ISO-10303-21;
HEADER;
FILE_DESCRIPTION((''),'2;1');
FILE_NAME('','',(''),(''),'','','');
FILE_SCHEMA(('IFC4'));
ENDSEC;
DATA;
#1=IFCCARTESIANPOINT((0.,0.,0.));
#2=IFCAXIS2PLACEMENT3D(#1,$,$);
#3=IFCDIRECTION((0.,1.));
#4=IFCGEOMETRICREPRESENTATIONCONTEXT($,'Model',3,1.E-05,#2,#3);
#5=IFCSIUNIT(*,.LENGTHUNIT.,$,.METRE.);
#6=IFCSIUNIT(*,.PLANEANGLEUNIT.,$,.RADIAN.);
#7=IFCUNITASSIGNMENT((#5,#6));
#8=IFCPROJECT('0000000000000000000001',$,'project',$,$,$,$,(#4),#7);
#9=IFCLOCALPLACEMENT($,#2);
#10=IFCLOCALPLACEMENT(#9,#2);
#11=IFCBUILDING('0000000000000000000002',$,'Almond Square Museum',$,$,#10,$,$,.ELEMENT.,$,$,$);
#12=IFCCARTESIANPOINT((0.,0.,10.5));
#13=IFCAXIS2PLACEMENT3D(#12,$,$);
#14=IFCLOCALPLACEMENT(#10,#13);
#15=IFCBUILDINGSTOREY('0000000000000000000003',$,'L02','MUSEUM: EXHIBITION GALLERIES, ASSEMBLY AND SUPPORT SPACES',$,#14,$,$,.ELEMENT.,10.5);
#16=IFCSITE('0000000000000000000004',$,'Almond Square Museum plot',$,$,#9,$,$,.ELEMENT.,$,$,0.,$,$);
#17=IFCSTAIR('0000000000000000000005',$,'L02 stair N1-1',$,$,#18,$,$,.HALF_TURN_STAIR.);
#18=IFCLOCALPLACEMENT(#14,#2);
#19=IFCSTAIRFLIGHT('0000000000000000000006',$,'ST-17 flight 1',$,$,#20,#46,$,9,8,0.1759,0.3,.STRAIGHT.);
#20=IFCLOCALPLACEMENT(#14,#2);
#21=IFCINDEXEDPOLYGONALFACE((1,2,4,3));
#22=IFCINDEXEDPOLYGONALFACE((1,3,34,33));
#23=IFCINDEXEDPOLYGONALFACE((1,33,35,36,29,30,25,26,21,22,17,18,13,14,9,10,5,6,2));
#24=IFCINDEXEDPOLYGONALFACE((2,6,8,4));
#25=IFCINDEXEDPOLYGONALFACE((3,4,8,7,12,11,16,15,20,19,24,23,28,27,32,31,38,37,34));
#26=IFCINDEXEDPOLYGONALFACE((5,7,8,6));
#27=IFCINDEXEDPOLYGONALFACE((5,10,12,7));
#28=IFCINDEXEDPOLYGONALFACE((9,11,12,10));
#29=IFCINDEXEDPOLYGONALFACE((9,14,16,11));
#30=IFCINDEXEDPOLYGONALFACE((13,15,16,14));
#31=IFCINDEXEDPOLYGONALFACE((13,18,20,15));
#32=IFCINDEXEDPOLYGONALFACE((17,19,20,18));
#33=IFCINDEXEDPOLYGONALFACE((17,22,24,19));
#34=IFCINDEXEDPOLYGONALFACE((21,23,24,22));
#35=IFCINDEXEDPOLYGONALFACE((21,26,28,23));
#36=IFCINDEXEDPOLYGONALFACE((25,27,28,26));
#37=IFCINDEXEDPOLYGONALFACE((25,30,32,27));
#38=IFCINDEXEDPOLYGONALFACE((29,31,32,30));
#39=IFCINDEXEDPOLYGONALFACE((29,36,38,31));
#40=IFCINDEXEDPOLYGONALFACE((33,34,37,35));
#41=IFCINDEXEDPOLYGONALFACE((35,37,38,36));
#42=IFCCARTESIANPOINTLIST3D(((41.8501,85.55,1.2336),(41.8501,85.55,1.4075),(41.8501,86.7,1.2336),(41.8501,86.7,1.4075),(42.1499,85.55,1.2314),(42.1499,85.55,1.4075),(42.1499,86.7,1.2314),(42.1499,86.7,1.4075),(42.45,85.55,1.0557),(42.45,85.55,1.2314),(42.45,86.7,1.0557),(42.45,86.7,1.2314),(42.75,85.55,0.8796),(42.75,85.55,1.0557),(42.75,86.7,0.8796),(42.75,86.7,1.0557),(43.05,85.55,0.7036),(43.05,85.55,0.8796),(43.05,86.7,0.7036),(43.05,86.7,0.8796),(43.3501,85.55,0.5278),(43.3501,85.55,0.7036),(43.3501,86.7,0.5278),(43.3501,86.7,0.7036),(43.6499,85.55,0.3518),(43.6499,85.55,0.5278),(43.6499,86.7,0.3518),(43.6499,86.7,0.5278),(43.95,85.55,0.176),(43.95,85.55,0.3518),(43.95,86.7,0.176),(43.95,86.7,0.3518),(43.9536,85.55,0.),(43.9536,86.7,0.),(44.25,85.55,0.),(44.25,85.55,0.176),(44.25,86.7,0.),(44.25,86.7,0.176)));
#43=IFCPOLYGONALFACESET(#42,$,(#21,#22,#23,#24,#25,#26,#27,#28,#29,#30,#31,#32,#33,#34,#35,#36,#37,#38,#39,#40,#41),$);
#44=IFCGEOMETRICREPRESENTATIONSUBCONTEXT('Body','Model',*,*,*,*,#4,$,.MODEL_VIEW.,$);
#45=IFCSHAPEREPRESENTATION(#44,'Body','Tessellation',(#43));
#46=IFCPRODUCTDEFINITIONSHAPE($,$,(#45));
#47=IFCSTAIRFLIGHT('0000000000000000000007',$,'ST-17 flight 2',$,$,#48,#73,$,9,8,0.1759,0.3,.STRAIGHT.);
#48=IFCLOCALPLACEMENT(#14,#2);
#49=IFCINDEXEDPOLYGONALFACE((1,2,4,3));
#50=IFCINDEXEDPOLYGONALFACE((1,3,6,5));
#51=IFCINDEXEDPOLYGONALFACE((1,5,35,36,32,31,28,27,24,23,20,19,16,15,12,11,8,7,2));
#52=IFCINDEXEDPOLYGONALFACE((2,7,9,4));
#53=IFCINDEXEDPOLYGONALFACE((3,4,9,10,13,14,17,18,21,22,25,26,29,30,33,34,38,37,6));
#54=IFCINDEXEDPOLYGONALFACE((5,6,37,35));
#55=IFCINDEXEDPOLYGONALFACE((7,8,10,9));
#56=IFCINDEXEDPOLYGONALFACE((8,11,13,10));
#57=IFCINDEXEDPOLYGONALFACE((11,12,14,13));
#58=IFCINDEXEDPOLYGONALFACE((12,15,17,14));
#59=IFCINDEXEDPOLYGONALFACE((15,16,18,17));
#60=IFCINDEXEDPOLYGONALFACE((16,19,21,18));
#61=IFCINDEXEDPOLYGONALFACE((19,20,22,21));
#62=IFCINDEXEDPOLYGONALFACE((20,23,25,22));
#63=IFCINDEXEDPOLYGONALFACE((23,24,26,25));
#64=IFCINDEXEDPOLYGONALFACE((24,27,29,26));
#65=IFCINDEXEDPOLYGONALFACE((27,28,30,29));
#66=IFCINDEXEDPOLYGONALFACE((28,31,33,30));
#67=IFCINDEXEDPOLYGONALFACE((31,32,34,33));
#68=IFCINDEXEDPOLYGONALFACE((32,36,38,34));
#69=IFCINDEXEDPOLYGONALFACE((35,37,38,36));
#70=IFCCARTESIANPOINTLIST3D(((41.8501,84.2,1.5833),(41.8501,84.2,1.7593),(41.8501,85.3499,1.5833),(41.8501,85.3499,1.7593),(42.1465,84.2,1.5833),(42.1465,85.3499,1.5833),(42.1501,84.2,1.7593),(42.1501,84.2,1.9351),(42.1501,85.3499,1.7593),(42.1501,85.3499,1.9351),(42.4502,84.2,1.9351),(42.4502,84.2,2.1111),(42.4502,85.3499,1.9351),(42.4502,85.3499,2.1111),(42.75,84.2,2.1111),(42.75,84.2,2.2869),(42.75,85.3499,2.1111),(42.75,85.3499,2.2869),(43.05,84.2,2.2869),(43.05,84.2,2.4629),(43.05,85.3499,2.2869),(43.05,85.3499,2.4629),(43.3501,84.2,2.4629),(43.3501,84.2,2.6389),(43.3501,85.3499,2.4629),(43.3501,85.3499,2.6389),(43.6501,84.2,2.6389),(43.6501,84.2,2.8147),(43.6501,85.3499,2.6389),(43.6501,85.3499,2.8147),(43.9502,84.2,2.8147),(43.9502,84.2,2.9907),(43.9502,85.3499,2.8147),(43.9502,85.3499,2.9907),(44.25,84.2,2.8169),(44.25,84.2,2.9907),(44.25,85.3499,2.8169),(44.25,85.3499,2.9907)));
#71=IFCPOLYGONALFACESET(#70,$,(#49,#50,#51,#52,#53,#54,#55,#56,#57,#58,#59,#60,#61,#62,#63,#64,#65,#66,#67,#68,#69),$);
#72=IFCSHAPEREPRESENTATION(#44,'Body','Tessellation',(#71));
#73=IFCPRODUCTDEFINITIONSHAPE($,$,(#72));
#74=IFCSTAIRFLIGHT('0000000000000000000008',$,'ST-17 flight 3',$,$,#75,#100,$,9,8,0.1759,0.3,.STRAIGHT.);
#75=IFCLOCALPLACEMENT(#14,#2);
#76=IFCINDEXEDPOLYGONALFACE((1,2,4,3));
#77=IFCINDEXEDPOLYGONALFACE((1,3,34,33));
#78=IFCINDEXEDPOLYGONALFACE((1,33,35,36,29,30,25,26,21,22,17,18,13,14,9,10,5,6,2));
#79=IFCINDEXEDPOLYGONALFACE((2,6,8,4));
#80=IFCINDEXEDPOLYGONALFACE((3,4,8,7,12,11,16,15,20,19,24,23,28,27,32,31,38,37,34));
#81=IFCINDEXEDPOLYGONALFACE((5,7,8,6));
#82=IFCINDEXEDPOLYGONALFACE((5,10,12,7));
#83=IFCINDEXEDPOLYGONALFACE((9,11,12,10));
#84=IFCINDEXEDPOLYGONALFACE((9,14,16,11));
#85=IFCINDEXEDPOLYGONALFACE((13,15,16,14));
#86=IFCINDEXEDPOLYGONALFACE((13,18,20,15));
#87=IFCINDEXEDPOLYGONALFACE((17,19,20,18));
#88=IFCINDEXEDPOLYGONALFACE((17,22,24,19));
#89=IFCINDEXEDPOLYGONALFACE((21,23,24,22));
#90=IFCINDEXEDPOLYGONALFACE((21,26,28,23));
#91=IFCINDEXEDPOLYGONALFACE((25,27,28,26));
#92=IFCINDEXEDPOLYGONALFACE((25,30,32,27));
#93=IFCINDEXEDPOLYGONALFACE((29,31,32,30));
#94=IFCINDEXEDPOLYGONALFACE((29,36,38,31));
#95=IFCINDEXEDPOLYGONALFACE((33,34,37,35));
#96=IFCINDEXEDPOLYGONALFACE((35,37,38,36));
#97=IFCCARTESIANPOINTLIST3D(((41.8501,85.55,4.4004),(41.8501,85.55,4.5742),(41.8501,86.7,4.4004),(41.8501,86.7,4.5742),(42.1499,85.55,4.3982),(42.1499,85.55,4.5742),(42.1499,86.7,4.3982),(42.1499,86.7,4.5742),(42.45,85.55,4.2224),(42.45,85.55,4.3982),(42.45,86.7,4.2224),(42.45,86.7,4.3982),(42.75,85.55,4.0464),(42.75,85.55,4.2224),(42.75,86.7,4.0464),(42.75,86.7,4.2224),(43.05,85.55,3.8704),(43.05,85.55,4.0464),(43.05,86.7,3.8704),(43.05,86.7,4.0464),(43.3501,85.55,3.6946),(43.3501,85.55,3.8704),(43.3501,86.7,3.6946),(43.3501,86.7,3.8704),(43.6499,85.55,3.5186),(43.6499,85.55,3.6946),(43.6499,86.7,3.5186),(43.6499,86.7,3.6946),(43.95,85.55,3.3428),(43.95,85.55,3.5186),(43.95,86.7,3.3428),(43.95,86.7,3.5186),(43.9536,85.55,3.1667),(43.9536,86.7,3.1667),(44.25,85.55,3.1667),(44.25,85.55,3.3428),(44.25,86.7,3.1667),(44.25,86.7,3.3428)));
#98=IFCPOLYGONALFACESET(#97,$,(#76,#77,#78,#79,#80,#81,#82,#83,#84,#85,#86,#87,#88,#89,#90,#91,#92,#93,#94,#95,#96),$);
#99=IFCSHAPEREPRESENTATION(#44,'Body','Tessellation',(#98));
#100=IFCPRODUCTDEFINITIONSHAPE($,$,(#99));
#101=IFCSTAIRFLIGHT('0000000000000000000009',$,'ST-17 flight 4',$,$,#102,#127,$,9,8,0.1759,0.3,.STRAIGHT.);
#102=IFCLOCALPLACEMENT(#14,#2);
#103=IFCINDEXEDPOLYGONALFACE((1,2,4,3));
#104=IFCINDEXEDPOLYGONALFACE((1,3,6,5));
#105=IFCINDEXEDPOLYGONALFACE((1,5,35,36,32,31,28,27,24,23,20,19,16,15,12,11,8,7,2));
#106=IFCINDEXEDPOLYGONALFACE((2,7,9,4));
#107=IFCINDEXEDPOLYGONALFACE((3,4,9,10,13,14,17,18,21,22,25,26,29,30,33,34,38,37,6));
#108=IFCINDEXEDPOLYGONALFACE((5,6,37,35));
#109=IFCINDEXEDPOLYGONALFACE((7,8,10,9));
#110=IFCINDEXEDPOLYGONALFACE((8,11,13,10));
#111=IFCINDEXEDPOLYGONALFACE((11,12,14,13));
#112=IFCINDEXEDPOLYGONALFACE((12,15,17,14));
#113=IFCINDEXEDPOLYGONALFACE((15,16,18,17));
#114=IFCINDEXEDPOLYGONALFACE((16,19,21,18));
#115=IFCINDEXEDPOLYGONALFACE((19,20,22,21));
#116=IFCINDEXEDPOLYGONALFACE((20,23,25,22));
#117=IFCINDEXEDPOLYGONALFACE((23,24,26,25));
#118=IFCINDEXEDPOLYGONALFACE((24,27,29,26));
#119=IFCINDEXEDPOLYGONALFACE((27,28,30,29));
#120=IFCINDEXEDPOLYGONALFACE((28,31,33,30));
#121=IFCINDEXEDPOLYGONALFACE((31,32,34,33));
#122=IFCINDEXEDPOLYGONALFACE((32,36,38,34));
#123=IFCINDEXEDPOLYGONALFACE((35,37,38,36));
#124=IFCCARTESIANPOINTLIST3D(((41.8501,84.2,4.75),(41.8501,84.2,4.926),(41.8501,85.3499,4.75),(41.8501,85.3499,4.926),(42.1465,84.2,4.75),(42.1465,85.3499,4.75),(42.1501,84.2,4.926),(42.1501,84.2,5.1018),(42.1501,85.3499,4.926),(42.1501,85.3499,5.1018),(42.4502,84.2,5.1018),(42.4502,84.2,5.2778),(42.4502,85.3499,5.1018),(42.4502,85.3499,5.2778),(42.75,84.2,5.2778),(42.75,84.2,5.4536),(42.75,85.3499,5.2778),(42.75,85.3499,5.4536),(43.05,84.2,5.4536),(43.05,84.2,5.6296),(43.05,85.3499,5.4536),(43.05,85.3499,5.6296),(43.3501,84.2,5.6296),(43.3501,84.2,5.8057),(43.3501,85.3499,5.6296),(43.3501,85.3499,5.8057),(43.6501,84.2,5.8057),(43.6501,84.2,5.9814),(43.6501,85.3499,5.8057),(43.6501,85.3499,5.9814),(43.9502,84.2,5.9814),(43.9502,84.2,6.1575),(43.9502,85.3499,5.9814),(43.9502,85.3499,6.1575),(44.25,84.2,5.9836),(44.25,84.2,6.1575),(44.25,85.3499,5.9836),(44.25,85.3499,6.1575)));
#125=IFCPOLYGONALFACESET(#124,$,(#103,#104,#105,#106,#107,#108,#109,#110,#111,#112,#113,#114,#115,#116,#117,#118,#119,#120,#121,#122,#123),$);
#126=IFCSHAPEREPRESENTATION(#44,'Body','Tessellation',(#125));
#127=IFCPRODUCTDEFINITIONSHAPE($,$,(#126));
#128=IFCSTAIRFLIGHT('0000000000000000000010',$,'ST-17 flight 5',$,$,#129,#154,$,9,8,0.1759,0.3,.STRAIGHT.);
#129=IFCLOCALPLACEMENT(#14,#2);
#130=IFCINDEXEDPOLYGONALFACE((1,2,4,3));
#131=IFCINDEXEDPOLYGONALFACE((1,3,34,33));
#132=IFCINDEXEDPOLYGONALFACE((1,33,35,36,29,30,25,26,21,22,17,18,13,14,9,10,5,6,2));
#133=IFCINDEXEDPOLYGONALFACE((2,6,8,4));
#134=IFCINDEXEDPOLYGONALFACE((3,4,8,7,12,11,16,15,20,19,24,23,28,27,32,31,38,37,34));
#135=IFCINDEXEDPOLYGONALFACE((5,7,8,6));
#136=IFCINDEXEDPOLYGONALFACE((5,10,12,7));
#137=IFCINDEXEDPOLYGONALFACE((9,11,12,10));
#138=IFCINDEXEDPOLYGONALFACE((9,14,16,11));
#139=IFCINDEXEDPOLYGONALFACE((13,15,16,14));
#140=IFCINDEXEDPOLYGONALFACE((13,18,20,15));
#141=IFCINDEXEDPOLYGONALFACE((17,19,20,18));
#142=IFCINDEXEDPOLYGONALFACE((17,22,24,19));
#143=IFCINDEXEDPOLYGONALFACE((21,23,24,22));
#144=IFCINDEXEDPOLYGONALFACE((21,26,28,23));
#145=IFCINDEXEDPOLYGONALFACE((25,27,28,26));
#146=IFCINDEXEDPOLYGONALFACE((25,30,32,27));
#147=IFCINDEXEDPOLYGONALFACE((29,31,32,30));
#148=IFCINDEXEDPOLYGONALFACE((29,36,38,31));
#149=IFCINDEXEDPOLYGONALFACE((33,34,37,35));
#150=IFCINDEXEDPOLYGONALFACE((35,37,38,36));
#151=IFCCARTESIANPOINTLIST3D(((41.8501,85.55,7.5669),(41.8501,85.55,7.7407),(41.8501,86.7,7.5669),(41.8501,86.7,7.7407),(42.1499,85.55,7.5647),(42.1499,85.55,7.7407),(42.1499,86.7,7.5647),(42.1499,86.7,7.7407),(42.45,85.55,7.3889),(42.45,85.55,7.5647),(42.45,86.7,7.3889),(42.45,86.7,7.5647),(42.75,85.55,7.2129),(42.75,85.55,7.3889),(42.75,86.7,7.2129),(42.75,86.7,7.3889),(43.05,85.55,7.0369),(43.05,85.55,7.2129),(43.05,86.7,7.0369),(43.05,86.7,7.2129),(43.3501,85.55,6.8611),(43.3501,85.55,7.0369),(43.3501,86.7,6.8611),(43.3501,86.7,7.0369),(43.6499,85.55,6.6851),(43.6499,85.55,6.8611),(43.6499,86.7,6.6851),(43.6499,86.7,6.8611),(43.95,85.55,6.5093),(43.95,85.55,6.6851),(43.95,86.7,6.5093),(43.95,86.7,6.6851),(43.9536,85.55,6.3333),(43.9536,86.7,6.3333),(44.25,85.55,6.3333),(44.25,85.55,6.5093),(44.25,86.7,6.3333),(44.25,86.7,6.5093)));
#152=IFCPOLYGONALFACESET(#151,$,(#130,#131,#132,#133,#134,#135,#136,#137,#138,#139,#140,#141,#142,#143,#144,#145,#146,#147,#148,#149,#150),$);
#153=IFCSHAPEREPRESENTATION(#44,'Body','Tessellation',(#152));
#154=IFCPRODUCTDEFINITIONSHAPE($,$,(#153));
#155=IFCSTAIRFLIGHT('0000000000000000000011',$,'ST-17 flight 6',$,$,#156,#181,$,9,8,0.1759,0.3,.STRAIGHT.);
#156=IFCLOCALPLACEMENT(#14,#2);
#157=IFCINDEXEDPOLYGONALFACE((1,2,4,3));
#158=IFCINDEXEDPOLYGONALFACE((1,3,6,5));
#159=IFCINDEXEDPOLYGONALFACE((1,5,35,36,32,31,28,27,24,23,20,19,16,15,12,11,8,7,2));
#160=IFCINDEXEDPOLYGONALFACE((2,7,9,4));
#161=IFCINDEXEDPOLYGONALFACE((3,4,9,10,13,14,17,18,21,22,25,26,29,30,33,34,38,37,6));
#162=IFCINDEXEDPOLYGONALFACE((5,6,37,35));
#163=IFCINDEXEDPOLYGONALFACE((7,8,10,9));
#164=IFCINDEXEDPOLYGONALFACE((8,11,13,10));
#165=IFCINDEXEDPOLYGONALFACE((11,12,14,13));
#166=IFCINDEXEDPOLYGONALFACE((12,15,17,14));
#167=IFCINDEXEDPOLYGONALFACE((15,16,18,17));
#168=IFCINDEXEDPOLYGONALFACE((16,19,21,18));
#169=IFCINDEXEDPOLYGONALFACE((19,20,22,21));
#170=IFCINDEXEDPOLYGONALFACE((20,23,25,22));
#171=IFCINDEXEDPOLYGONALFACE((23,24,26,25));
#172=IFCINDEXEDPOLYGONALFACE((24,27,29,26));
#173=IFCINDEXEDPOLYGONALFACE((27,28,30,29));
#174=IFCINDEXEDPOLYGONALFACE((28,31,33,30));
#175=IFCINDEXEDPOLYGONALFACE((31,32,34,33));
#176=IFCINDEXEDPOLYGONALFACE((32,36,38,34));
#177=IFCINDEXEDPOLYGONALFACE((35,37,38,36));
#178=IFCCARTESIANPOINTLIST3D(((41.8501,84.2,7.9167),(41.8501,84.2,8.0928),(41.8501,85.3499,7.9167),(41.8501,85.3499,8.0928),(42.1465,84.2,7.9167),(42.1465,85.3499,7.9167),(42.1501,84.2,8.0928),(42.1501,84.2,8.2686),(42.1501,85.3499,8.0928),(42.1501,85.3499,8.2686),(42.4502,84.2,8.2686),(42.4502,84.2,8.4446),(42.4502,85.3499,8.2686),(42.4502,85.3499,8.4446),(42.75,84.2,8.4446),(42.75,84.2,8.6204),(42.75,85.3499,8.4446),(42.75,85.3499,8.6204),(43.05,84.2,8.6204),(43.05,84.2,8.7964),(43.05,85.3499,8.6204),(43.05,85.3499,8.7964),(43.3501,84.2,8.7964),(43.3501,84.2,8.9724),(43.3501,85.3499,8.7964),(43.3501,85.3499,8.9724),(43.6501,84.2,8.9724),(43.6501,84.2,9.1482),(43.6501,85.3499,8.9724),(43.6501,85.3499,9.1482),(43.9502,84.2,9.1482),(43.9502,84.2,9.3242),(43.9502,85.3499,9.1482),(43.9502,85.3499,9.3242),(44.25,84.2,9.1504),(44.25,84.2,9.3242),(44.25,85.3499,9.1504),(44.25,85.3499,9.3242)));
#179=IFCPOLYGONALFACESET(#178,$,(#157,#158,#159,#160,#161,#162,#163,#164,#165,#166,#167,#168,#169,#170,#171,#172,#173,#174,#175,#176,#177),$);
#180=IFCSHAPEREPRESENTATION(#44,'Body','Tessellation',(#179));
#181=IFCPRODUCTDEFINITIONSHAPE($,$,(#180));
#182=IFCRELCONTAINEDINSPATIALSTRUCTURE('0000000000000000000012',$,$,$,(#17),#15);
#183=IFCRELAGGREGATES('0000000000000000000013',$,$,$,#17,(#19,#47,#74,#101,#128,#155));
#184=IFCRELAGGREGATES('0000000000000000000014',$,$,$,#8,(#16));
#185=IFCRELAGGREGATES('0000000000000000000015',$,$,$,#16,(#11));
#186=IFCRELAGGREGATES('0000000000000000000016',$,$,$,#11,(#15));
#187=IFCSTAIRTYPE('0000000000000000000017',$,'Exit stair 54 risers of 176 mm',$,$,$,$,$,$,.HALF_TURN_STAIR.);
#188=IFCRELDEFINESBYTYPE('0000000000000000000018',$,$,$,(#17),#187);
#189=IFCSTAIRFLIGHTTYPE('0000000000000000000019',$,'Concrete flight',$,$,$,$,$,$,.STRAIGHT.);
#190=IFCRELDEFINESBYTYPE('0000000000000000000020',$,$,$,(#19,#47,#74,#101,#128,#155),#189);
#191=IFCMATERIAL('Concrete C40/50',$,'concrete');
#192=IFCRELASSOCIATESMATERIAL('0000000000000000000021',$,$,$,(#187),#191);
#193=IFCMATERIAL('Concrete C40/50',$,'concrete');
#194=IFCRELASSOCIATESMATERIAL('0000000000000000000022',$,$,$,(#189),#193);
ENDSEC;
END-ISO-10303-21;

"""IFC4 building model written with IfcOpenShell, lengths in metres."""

from ifc_helpers import new_model, si_unit, direction, frame, origin, place, context, subcontext, project, spatial, polyline, outline, extrude, material, type_object, element, aggregate, save


model = new_model("IFC4")

# Units and contexts
model_context = context("Model", 3, precision=1e-05, world=origin(), true_north=direction((0.0, 1.0)))
body_context = subcontext(model_context, "Body", "Model", "MODEL_VIEW")
ifc_project = project(units=[si_unit("LENGTHUNIT", "METRE"), si_unit("PLANEANGLEUNIT", "RADIAN")], contexts=[model_context])

# Site, building, storey
site_placement = place(None, origin())
site = spatial("IfcSite", under=ifc_project, at=site_placement, Name="Almond Square Museum plot", CompositionType="ELEMENT", RefElevation=0.0)
building_placement = place(site_placement, origin())
building = spatial("IfcBuilding", under=site, at=building_placement, Name="Almond Square Museum", CompositionType="ELEMENT")
storey_placement = place(building_placement, frame((0.0, 0.0, 10.5)))
storey = spatial("IfcBuildingStorey", under=building, at=storey_placement, Name="L02", Description="MUSEUM: EXHIBITION GALLERIES, ASSEMBLY AND SUPPORT SPACES", CompositionType="ELEMENT", Elevation=10.5)

# Stair, stair flights
ifc_material_1 = material(Name="Concrete C40/50", Category="concrete")
stair_type = type_object("IfcStairType", Name="Exit stair 54 risers of 176 mm", PredefinedType="HALF_TURN_STAIR", material=ifc_material_1)
stair_placement = place(storey_placement, origin())
stair = element("IfcStair", 1, at=stair_placement, inside=storey, type_object=stair_type, Name="L02 stair N1-1", PredefinedType="HALF_TURN_STAIR")
ifc_material_2 = material(Name="Concrete C40/50", Category="concrete")
stair_flight_type = type_object("IfcStairFlightType", Name="Concrete flight", PredefinedType="STRAIGHT", material=ifc_material_2)
stair_flight_1_placement = place(storey_placement, frame((44.25, 86.125, 0.0), z_axis=(0.0, 0.0, 1.0), x_axis=(-1.0, 0.0, 0.0)))
stair_flight_1 = element("IfcStairFlight", 2, at=stair_flight_1_placement, type_object=stair_flight_type, Name="ST-17 flight 1", NumberOfRisers=9, NumberOfTreads=8, PredefinedType="STRAIGHT", RiserHeight=0.1759, TreadLength=0.3, context=body_context, shape_type="SweptSolid", body=[
    extrude(outline(polyline([(0.0, 0.0), (0.0, 0.176), (0.3, 0.176), (0.3, 0.3518), (0.6001, 0.3518), (0.6001, 0.5278), (0.8999, 0.5278), (0.8999, 0.7036), (1.2, 0.7036), (1.2, 0.8796), (1.5, 0.8796), (1.5, 1.0557), (1.8, 1.0557), (1.8, 1.2314), (2.1001, 1.2314), (2.1001, 1.4075), (2.3999, 1.4075), (2.3999, 1.5833), (2.3999, 1.2336), (0.2964, 0.0), (0.0, 0.0)])), frame((0.0, 0.575, 0.0), z_axis=(0.0, -1.0, 0.0), x_axis=(1.0, 0.0, 0.0)), (0.0, 0.0, 1.0), 1.1499),
])
stair_flight_2_placement = place(storey_placement, frame((41.8501, 84.7749, 1.5833), z_axis=(0.0, 0.0, 1.0), x_axis=(1.0, 0.0, 0.0)))
stair_flight_2 = element("IfcStairFlight", 3, at=stair_flight_2_placement, type_object=stair_flight_type, Name="ST-17 flight 2", NumberOfRisers=9, NumberOfTreads=8, PredefinedType="STRAIGHT", RiserHeight=0.1759, TreadLength=0.3, context=body_context, shape_type="SweptSolid", body=[
    extrude(outline(polyline([(0.0, 0.0), (0.0, 0.176), (0.3, 0.176), (0.3, 0.3518), (0.6001, 0.3518), (0.6001, 0.5278), (0.8999, 0.5278), (0.8999, 0.7036), (1.2, 0.7036), (1.2, 0.8796), (1.5, 0.8796), (1.5, 1.0557), (1.8, 1.0557), (1.8, 1.2314), (2.1001, 1.2314), (2.1001, 1.4075), (2.3999, 1.4075), (2.3999, 1.5833), (2.3999, 1.2336), (0.2964, 0.0), (0.0, 0.0)])), frame((0.0, 0.575, 0.0), z_axis=(0.0, -1.0, 0.0), x_axis=(1.0, 0.0, 0.0)), (0.0, 0.0, 1.0), 1.1499),
])
stair_flight_3_placement = place(storey_placement, frame((44.25, 86.125, 3.1667), z_axis=(0.0, 0.0, 1.0), x_axis=(-1.0, 0.0, 0.0)))
stair_flight_3 = element("IfcStairFlight", 4, at=stair_flight_3_placement, type_object=stair_flight_type, Name="ST-17 flight 3", NumberOfRisers=9, NumberOfTreads=8, PredefinedType="STRAIGHT", RiserHeight=0.1759, TreadLength=0.3, context=body_context, shape_type="SweptSolid", body=[
    extrude(outline(polyline([(0.0, 0.0), (0.0, 0.176), (0.3, 0.176), (0.3, 0.3518), (0.6001, 0.3518), (0.6001, 0.5278), (0.8999, 0.5278), (0.8999, 0.7036), (1.2, 0.7036), (1.2, 0.8796), (1.5, 0.8796), (1.5, 1.0557), (1.8, 1.0557), (1.8, 1.2314), (2.1001, 1.2314), (2.1001, 1.4075), (2.3999, 1.4075), (2.3999, 1.5833), (2.3999, 1.2336), (0.2964, 0.0), (0.0, 0.0)])), frame((0.0, 0.575, 0.0), z_axis=(0.0, -1.0, 0.0), x_axis=(1.0, 0.0, 0.0)), (0.0, 0.0, 1.0), 1.1499),
])
stair_flight_4_placement = place(storey_placement, frame((41.8501, 84.7749, 4.75), z_axis=(0.0, 0.0, 1.0), x_axis=(1.0, 0.0, 0.0)))
stair_flight_4 = element("IfcStairFlight", 5, at=stair_flight_4_placement, type_object=stair_flight_type, Name="ST-17 flight 4", NumberOfRisers=9, NumberOfTreads=8, PredefinedType="STRAIGHT", RiserHeight=0.1759, TreadLength=0.3, context=body_context, shape_type="SweptSolid", body=[
    extrude(outline(polyline([(0.0, 0.0), (0.0, 0.176), (0.3, 0.176), (0.3, 0.3518), (0.6001, 0.3518), (0.6001, 0.5278), (0.8999, 0.5278), (0.8999, 0.7036), (1.2, 0.7036), (1.2, 0.8796), (1.5, 0.8796), (1.5, 1.0557), (1.8, 1.0557), (1.8, 1.2314), (2.1001, 1.2314), (2.1001, 1.4075), (2.3999, 1.4075), (2.3999, 1.5833), (2.3999, 1.2336), (0.2964, 0.0), (0.0, 0.0)])), frame((0.0, 0.575, 0.0), z_axis=(0.0, -1.0, 0.0), x_axis=(1.0, 0.0, 0.0)), (0.0, 0.0, 1.0), 1.1499),
])
stair_flight_5_placement = place(storey_placement, frame((44.25, 86.125, 6.3333), z_axis=(0.0, 0.0, 1.0), x_axis=(-1.0, 0.0, 0.0)))
stair_flight_5 = element("IfcStairFlight", 6, at=stair_flight_5_placement, type_object=stair_flight_type, Name="ST-17 flight 5", NumberOfRisers=9, NumberOfTreads=8, PredefinedType="STRAIGHT", RiserHeight=0.1759, TreadLength=0.3, context=body_context, shape_type="SweptSolid", body=[
    extrude(outline(polyline([(0.0, 0.0), (0.0, 0.176), (0.3, 0.176), (0.3, 0.3518), (0.6001, 0.3518), (0.6001, 0.5278), (0.8999, 0.5278), (0.8999, 0.7036), (1.2, 0.7036), (1.2, 0.8796), (1.5, 0.8796), (1.5, 1.0557), (1.8, 1.0557), (1.8, 1.2314), (2.1001, 1.2314), (2.1001, 1.4075), (2.3999, 1.4075), (2.3999, 1.5833), (2.3999, 1.2336), (0.2964, 0.0), (0.0, 0.0)])), frame((0.0, 0.575, 0.0), z_axis=(0.0, -1.0, 0.0), x_axis=(1.0, 0.0, 0.0)), (0.0, 0.0, 1.0), 1.1499),
])
stair_flight_6_placement = place(storey_placement, frame((41.8501, 84.7749, 7.9167), z_axis=(0.0, 0.0, 1.0), x_axis=(1.0, 0.0, 0.0)))
stair_flight_6 = element("IfcStairFlight", 7, at=stair_flight_6_placement, type_object=stair_flight_type, Name="ST-17 flight 6", NumberOfRisers=9, NumberOfTreads=8, PredefinedType="STRAIGHT", RiserHeight=0.1759, TreadLength=0.3, context=body_context, shape_type="SweptSolid", body=[
    extrude(outline(polyline([(0.0, 0.0), (0.0, 0.176), (0.3, 0.176), (0.3, 0.3518), (0.6001, 0.3518), (0.6001, 0.5278), (0.8999, 0.5278), (0.8999, 0.7036), (1.2, 0.7036), (1.2, 0.8796), (1.5, 0.8796), (1.5, 1.0557), (1.8, 1.0557), (1.8, 1.2314), (2.1001, 1.2314), (2.1001, 1.4075), (2.3999, 1.4075), (2.3999, 1.5833), (2.3999, 1.2336), (0.2964, 0.0), (0.0, 0.0)])), frame((0.0, 0.575, 0.0), z_axis=(0.0, -1.0, 0.0), x_axis=(1.0, 0.0, 0.0)), (0.0, 0.0, 1.0), 1.1499),
])
aggregate(stair, [stair_flight_1, stair_flight_2, stair_flight_3, stair_flight_4, stair_flight_5, stair_flight_6])

save(model, "model.ifc")
